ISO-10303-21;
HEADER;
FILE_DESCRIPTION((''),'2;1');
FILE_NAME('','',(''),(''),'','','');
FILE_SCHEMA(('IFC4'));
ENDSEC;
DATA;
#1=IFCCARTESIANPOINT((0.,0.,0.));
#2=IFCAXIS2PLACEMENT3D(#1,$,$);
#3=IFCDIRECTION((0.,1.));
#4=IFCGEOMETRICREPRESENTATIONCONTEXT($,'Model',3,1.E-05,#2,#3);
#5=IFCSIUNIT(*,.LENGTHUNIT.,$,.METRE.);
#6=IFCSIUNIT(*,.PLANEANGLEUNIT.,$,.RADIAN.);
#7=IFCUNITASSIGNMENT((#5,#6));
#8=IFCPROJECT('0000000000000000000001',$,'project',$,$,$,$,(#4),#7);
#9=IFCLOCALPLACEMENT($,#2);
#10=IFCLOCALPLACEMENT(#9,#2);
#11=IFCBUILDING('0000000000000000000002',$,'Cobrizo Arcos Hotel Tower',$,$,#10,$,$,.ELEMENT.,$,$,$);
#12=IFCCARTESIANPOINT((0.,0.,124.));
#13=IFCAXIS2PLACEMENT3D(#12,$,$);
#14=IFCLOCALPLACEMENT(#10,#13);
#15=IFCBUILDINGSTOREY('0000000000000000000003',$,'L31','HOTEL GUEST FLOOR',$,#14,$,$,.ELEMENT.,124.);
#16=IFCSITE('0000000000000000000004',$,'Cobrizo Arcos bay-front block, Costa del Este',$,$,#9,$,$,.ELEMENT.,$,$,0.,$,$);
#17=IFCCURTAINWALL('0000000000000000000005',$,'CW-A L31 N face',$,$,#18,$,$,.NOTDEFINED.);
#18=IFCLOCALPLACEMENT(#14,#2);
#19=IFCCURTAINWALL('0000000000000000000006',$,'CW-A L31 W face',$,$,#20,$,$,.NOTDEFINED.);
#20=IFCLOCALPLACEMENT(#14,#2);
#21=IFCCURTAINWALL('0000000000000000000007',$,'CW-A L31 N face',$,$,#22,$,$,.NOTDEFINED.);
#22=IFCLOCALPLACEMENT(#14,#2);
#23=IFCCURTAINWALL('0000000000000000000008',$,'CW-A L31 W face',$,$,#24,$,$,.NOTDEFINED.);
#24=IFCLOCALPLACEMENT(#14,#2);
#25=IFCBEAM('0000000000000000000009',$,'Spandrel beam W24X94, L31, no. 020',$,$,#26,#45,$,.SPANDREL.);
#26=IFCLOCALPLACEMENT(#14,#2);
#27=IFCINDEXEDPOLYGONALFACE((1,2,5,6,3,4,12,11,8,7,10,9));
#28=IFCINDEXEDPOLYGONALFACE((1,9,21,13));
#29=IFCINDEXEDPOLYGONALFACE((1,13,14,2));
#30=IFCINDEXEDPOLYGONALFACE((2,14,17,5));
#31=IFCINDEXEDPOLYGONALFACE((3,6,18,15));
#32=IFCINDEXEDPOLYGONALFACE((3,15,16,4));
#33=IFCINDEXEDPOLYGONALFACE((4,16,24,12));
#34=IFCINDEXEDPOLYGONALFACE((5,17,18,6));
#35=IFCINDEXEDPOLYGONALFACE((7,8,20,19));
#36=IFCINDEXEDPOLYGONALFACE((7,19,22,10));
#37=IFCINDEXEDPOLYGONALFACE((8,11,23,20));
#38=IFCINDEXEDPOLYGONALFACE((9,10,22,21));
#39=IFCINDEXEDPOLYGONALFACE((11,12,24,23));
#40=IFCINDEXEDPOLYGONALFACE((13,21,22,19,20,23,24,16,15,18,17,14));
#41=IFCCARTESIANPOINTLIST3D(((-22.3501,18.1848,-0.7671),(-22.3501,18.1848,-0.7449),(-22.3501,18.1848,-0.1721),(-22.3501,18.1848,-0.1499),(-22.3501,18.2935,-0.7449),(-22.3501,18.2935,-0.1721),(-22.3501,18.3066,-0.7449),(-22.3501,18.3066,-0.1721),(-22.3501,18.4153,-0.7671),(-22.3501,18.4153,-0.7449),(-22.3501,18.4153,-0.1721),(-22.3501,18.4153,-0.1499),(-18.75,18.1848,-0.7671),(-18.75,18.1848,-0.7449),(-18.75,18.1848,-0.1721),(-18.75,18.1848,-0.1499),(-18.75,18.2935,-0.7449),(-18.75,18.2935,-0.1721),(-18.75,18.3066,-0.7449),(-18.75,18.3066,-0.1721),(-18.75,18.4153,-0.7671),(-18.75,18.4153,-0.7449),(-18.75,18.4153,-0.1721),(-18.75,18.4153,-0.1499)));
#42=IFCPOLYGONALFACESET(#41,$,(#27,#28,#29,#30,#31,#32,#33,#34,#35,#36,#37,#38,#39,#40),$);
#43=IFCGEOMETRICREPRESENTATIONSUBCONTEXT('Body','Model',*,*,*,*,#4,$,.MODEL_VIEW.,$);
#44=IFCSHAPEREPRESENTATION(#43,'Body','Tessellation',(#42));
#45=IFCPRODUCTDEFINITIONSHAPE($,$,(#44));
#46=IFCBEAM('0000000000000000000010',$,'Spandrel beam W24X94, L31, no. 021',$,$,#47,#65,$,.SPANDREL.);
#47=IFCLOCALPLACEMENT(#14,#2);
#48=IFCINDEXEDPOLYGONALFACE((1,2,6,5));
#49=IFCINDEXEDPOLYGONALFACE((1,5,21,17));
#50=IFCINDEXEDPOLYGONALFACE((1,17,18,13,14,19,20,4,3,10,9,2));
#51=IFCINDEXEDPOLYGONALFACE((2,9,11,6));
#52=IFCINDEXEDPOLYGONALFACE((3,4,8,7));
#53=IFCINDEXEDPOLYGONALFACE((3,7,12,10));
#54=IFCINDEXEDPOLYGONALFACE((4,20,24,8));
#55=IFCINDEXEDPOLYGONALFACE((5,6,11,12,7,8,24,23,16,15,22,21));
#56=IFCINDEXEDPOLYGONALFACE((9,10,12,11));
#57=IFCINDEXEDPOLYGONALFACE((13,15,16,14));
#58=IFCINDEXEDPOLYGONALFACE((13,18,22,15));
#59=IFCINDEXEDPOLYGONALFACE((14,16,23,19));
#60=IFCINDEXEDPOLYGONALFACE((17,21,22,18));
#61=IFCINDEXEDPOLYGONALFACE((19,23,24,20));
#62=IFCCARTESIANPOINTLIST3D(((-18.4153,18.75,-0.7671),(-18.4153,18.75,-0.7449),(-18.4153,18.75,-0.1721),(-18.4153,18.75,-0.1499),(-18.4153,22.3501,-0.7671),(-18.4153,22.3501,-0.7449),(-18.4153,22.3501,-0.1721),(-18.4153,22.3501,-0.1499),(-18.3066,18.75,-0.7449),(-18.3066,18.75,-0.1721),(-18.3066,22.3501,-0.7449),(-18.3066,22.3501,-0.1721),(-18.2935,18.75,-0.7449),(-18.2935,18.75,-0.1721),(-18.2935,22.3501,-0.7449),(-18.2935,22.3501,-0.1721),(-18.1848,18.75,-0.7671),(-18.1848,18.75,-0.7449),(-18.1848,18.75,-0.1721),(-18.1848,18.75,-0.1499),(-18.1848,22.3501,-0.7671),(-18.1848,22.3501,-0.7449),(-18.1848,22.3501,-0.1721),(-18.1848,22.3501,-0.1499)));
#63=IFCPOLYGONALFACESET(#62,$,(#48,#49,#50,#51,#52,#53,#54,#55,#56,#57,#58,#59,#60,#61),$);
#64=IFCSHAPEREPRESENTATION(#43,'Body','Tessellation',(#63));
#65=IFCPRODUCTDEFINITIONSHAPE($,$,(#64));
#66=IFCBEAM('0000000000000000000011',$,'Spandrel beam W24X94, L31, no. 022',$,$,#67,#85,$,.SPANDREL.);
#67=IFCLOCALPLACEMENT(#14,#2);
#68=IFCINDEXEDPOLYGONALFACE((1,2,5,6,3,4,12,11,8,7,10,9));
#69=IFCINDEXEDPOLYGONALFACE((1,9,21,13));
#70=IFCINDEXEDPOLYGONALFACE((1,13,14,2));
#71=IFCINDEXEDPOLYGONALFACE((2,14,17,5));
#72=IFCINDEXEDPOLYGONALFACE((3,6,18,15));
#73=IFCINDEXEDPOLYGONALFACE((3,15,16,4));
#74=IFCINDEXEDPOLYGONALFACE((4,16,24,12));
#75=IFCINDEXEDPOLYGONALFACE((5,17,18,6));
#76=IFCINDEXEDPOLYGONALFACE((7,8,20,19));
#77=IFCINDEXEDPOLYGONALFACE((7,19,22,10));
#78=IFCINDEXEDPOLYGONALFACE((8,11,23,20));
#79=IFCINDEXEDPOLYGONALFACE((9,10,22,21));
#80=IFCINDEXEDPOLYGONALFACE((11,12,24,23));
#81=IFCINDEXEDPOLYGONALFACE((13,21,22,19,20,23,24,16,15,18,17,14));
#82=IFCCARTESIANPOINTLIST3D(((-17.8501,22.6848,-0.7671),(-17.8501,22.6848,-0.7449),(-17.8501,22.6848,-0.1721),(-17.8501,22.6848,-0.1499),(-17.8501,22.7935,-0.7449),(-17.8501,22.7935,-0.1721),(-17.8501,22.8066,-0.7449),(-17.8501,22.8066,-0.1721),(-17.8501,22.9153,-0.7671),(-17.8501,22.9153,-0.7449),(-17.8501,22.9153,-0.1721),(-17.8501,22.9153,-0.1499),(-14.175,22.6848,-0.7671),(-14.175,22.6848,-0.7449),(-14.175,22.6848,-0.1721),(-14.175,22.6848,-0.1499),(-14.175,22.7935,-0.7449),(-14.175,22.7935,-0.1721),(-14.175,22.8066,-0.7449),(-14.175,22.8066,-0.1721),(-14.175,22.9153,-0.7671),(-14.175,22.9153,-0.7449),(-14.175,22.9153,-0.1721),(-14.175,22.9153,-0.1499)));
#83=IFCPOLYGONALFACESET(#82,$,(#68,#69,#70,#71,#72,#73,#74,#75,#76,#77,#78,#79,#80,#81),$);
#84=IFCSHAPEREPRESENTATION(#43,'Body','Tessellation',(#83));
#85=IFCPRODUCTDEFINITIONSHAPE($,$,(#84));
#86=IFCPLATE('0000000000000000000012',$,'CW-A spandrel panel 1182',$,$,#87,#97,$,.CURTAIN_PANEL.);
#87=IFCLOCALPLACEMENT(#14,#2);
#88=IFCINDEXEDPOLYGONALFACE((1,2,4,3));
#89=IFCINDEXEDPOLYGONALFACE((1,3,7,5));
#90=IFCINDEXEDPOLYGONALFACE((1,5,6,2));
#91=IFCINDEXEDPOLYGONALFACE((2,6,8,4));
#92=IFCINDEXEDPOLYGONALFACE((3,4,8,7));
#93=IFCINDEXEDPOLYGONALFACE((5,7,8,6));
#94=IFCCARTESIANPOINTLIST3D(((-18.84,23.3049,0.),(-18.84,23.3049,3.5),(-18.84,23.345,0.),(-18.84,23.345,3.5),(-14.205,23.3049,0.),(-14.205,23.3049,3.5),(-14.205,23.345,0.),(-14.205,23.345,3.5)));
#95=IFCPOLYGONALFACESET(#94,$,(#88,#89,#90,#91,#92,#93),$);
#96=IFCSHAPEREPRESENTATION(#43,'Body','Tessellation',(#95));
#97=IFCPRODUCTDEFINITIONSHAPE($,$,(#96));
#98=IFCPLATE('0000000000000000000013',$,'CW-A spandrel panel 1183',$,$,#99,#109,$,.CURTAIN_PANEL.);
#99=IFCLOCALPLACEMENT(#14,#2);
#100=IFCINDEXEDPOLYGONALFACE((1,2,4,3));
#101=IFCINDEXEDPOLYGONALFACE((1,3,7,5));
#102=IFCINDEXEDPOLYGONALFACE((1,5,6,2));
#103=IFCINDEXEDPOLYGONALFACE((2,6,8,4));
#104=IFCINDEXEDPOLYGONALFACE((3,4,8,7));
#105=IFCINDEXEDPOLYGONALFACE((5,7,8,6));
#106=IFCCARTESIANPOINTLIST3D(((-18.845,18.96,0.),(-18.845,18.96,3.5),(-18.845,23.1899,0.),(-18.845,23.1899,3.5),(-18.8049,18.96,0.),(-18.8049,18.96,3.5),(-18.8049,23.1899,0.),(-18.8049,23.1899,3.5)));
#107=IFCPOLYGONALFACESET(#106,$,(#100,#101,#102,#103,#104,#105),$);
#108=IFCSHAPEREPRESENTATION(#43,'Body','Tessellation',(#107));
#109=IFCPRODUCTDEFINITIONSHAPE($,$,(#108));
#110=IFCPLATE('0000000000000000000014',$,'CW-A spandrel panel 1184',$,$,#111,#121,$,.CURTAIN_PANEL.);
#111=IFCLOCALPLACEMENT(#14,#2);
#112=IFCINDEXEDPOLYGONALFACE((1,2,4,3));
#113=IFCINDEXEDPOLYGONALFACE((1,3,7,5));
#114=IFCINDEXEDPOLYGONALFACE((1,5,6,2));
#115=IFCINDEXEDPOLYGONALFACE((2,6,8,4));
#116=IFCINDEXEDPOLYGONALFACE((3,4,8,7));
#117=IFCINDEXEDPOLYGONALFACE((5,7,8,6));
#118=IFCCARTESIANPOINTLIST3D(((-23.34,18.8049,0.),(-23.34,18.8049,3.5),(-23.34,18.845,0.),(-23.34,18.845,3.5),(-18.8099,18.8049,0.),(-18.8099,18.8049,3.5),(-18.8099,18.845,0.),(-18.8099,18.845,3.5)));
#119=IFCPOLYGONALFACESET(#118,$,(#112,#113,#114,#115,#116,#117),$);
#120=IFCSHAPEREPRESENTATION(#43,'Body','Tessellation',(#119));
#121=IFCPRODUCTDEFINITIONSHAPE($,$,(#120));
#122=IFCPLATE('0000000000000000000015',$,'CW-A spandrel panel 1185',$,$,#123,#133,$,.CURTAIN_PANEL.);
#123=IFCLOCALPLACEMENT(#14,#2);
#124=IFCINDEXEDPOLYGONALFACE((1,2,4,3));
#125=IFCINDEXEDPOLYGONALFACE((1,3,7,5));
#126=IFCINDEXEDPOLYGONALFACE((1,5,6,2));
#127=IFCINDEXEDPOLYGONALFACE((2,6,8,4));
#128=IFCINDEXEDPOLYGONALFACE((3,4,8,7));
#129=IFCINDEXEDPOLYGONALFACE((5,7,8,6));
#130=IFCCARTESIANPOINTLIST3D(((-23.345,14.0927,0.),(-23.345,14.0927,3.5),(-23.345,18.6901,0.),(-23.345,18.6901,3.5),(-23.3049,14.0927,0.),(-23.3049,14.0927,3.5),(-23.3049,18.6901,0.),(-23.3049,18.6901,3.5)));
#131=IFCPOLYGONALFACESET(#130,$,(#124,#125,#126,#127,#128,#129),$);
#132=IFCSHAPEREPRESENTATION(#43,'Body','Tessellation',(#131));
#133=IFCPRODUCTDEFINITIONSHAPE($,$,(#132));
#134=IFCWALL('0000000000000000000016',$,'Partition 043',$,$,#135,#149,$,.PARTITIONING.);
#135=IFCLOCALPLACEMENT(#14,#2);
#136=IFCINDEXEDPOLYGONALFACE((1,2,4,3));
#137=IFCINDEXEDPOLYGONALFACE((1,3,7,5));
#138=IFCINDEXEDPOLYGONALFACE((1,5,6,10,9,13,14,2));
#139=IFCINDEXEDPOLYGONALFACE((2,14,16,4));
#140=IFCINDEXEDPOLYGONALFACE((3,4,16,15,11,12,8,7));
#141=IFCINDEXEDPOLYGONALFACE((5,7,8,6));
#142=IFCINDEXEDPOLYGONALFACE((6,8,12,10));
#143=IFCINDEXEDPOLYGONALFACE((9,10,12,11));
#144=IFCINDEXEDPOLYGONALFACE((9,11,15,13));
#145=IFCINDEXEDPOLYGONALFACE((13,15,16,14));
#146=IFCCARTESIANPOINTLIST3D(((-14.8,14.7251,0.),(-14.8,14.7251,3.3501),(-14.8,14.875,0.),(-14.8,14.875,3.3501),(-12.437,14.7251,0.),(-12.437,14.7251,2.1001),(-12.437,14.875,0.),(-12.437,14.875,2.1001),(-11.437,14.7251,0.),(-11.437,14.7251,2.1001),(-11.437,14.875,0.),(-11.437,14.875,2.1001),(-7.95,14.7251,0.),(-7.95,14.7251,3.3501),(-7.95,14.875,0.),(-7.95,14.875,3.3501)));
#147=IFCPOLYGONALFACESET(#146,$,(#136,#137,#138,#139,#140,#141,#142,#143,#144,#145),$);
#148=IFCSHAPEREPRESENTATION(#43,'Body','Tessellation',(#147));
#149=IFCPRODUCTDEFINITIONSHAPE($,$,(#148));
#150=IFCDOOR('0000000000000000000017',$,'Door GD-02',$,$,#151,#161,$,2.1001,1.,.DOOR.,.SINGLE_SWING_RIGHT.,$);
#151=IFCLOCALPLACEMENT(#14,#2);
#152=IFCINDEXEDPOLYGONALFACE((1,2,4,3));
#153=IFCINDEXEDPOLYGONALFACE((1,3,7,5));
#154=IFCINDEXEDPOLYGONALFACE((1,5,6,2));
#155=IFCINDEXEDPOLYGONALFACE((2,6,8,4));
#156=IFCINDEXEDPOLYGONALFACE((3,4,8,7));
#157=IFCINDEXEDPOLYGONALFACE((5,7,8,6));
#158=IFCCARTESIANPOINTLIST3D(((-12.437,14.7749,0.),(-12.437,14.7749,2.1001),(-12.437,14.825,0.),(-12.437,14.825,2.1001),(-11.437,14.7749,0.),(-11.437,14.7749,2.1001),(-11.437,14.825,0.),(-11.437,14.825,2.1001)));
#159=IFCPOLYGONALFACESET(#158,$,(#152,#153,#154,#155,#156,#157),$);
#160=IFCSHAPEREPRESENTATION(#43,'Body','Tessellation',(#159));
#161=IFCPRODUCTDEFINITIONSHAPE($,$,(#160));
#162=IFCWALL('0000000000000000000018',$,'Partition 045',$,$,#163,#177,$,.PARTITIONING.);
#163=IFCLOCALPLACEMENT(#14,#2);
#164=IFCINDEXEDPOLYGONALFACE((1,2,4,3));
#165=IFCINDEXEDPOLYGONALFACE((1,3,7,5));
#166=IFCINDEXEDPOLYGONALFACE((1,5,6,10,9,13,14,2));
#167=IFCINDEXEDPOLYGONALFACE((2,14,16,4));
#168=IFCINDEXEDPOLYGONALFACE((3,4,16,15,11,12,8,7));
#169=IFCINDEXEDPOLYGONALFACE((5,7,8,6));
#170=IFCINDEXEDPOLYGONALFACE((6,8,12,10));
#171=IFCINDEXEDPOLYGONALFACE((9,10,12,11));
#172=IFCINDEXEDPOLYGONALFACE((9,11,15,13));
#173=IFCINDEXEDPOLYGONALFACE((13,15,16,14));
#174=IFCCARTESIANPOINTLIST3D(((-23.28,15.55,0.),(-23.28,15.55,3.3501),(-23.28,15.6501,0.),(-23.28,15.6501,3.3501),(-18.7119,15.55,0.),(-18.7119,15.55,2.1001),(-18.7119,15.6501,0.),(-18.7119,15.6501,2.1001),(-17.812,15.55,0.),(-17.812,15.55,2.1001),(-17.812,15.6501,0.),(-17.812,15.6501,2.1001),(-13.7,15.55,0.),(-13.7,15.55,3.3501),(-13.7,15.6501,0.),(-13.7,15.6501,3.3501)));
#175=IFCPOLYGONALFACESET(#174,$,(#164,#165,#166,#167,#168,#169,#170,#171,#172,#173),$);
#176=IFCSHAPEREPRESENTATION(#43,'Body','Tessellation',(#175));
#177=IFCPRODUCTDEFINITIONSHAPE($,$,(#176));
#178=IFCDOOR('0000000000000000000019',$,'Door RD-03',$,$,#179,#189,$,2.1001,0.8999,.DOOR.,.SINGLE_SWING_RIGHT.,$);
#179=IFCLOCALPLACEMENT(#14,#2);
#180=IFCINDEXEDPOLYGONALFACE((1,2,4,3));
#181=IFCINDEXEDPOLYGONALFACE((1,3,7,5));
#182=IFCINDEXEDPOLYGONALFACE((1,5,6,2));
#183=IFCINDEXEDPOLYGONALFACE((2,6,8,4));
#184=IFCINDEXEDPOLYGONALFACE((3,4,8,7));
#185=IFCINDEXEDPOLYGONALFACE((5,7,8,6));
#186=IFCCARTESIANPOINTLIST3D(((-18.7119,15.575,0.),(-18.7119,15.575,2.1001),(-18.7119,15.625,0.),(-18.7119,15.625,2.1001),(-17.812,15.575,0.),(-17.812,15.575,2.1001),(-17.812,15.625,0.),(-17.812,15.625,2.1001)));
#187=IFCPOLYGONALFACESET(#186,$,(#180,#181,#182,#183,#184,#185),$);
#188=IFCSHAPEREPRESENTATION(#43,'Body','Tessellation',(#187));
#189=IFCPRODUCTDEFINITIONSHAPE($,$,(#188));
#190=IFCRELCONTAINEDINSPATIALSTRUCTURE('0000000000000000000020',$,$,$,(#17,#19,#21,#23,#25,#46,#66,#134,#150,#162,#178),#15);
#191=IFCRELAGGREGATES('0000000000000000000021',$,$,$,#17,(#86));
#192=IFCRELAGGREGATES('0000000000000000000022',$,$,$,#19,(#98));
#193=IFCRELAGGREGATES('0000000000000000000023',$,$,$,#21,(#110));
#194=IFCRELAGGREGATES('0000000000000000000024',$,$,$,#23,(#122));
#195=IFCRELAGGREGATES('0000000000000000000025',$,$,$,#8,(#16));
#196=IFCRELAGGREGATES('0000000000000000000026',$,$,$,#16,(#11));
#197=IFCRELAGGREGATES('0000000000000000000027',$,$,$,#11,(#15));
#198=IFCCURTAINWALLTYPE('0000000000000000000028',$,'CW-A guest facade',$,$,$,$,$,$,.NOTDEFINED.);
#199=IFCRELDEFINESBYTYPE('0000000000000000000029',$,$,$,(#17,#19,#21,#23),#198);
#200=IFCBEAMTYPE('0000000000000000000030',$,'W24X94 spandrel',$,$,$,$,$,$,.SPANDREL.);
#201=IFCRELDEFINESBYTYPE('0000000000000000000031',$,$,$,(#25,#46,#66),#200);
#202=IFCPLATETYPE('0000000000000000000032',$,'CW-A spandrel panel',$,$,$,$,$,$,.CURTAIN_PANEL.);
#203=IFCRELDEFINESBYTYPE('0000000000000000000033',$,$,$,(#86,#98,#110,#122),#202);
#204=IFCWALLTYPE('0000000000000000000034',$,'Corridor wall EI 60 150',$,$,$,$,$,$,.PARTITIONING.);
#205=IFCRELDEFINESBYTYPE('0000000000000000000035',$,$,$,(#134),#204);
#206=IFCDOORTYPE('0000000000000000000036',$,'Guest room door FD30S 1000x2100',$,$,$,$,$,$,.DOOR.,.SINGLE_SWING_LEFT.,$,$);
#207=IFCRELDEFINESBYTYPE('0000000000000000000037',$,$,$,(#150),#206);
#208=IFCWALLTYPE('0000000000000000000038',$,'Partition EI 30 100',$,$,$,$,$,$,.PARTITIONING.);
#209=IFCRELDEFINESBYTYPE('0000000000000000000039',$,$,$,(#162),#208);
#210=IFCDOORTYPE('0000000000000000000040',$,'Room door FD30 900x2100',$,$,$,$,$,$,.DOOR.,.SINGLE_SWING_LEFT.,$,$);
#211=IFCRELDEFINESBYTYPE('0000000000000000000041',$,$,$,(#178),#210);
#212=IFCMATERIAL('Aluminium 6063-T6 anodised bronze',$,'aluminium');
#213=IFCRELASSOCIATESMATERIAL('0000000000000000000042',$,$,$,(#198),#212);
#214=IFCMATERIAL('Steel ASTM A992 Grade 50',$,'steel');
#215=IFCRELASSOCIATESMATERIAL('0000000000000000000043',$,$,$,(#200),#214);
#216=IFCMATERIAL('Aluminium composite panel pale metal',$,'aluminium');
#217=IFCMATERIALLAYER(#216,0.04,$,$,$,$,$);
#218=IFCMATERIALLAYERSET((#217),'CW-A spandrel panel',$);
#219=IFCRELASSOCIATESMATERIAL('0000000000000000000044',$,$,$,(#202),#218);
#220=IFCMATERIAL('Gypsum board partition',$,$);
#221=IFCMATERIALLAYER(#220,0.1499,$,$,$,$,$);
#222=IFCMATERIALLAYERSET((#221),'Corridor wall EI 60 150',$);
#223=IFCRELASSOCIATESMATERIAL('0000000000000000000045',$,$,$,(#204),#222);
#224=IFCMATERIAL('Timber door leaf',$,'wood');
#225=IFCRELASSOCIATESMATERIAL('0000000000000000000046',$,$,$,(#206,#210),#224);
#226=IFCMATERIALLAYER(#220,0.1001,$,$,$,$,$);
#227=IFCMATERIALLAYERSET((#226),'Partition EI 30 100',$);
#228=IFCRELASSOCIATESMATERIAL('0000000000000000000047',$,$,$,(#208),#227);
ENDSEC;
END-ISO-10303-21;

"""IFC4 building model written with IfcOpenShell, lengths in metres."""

from ifc_helpers import new_model, si_unit, direction, frame, frame_2d, origin, origin_2d, place, context, subcontext, project, spatial, rectangle, i_section, extrude, material, layer, layer_set, material_profile, profile_set, type_object, element, fill, aggregate, save


model = new_model("IFC4")

# Units and contexts
model_context = context("Model", 3, precision=1e-05, world=origin(), true_north=direction((0.0, 1.0)))
body_context = subcontext(model_context, "Body", "Model", "MODEL_VIEW")
ifc_project = project(units=[si_unit("LENGTHUNIT", "METRE"), si_unit("PLANEANGLEUNIT", "RADIAN")], contexts=[model_context])

# Site, building, storey
site_placement = place(None, origin())
site = spatial("IfcSite", under=ifc_project, at=site_placement, Name="Cobrizo Arcos bay-front block, Costa del Este", CompositionType="ELEMENT", RefElevation=0.0)
building_placement = place(site_placement, origin())
building = spatial("IfcBuilding", under=site, at=building_placement, Name="Cobrizo Arcos Hotel Tower", CompositionType="ELEMENT")
storey_placement = place(building_placement, frame((0.0, 0.0, 124.0)))
storey = spatial("IfcBuildingStorey", under=building, at=storey_placement, Name="L31", Description="HOTEL GUEST FLOOR", CompositionType="ELEMENT", Elevation=124.0)

# Curtain walls
ifc_material_1 = material(Name="Aluminium 6063-T6 anodised bronze", Category="aluminium")
curtain_wall_type = type_object("IfcCurtainWallType", Name="CW-A guest facade", PredefinedType="NOTDEFINED", material=ifc_material_1)
curtain_wall_1_placement = place(storey_placement, origin())
curtain_wall_1 = element("IfcCurtainWall", 1, at=curtain_wall_1_placement, inside=storey, type_object=curtain_wall_type, Name="CW-A L31 N face", PredefinedType="NOTDEFINED")
curtain_wall_2_placement = place(storey_placement, origin())
curtain_wall_2 = element("IfcCurtainWall", 2, at=curtain_wall_2_placement, inside=storey, type_object=curtain_wall_type, Name="CW-A L31 W face", PredefinedType="NOTDEFINED")
curtain_wall_3_placement = place(storey_placement, origin())
curtain_wall_3 = element("IfcCurtainWall", 3, at=curtain_wall_3_placement, inside=storey, type_object=curtain_wall_type, Name="CW-A L31 N face", PredefinedType="NOTDEFINED")
curtain_wall_4_placement = place(storey_placement, origin())
curtain_wall_4 = element("IfcCurtainWall", 4, at=curtain_wall_4_placement, inside=storey, type_object=curtain_wall_type, Name="CW-A L31 W face", PredefinedType="NOTDEFINED")

# Beams
ifc_material_2 = material(Name="Steel ASTM A992 Grade 50", Category="steel")
ifc_material_profile_1 = material_profile(ifc_material_2, i_section(OverallWidth=0.2305, OverallDepth=0.6172, WebThickness=0.0132, FlangeThickness=0.0222, at=origin_2d()), Name="W24X94")
ifc_profile_set_1 = profile_set([ifc_material_profile_1], Name="Steel ASTM A992 Grade 50")
beam_type = type_object("IfcBeamType", Name="W24X94 spandrel", PredefinedType="SPANDREL", material=ifc_profile_set_1)
for number, where, z_axis, x_axis, name in (
    (5, (-22.3501, 18.3, -0.4585), (1.0, 0.0, 0.0), (0.0, 1.0, 0.0), "Spandrel beam W24X94, L31, no. 020"),
    (6, (-18.3, 18.75, -0.4585), (0.0, 1.0, 0.0), (-1.0, 0.0, 0.0), "Spandrel beam W24X94, L31, no. 021"),
):
    element("IfcBeam", number, at=place(storey_placement, frame(where, z_axis=z_axis, x_axis=x_axis)), inside=storey, type_object=beam_type, Name=name, PredefinedType="SPANDREL", context=body_context, shape_type="SweptSolid", body=[
        extrude(i_section(OverallWidth=0.2305, OverallDepth=0.6172, WebThickness=0.0132, FlangeThickness=0.0222, at=origin_2d()), origin(), (0.0, 0.0, 1.0), 3.6001),
    ])
beam_1_placement = place(storey_placement, frame((-17.8501, 22.8, -0.4585), z_axis=(1.0, 0.0, 0.0), x_axis=(0.0, 1.0, 0.0)))
element("IfcBeam", 7, at=beam_1_placement, inside=storey, type_object=beam_type, Name="Spandrel beam W24X94, L31, no. 022", PredefinedType="SPANDREL", context=body_context, shape_type="SweptSolid", body=[
    extrude(i_section(OverallWidth=0.2305, OverallDepth=0.6172, WebThickness=0.0132, FlangeThickness=0.0222, at=origin_2d()), origin(), (0.0, 0.0, 1.0), 3.675),
])

# Plates
ifc_material_3 = material(Name="Aluminium composite panel pale metal", Category="aluminium")
ifc_layer_1 = layer(ifc_material_3, 0.04)
ifc_layer_set_1 = layer_set([ifc_layer_1], Name="CW-A spandrel panel")
plate_type = type_object("IfcPlateType", Name="CW-A spandrel panel", PredefinedType="CURTAIN_PANEL", material=ifc_layer_set_1)
plate_1_placement = place(storey_placement, frame((-16.5225, 23.325, 0.0), z_axis=(0.0, 0.0, 1.0), x_axis=(-1.0, 0.0, 0.0)))
plate_1 = element("IfcPlate", 8, at=plate_1_placement, type_object=plate_type, Name="CW-A spandrel panel 1182", PredefinedType="CURTAIN_PANEL", context=body_context, shape_type="SweptSolid", body=[
    extrude(rectangle(XDim=4.635, YDim=0.04, at=origin_2d()), origin(), (0.0, 0.0, 1.0), 3.5),
])
aggregate(curtain_wall_1, [plate_1])
plate_2_placement = place(storey_placement, frame((-18.825, 21.075, 0.0), z_axis=(0.0, 0.0, 1.0), x_axis=(0.0, -1.0, 0.0)))
plate_2 = element("IfcPlate", 9, at=plate_2_placement, type_object=plate_type, Name="CW-A spandrel panel 1183", PredefinedType="CURTAIN_PANEL", context=body_context, shape_type="SweptSolid", body=[
    extrude(rectangle(XDim=4.23, YDim=0.04, at=origin_2d()), origin(), (0.0, 0.0, 1.0), 3.5),
])
aggregate(curtain_wall_2, [plate_2])
plate_3_placement = place(storey_placement, frame((-21.075, 18.825, 0.0), z_axis=(0.0, 0.0, 1.0), x_axis=(-1.0, 0.0, 0.0)))
plate_3 = element("IfcPlate", 10, at=plate_3_placement, type_object=plate_type, Name="CW-A spandrel panel 1184", PredefinedType="CURTAIN_PANEL", context=body_context, shape_type="SweptSolid", body=[
    extrude(rectangle(XDim=4.53, YDim=0.04, at=origin_2d()), origin(), (0.0, 0.0, 1.0), 3.5),
])
aggregate(curtain_wall_3, [plate_3])
plate_4_placement = place(storey_placement, frame((-23.325, 16.3914, 0.0), z_axis=(0.0, 0.0, 1.0), x_axis=(0.0, -1.0, 0.0)))
plate_4 = element("IfcPlate", 11, at=plate_4_placement, type_object=plate_type, Name="CW-A spandrel panel 1185", PredefinedType="CURTAIN_PANEL", context=body_context, shape_type="SweptSolid", body=[
    extrude(rectangle(XDim=4.5974, YDim=0.04, at=origin_2d()), origin(), (0.0, 0.0, 1.0), 3.5),
])
aggregate(curtain_wall_4, [plate_4])

# Walls, openings, doors
ifc_material_4 = material(Name="Gypsum board partition")
ifc_layer_2 = layer(ifc_material_4, 0.1499)
ifc_layer_set_2 = layer_set([ifc_layer_2], Name="Corridor wall EI 60 150")
wall_type_1 = type_object("IfcWallType", Name="Corridor wall EI 60 150", PredefinedType="PARTITIONING", material=ifc_layer_set_2)
wall_1_placement = place(storey_placement, frame((-14.8, 14.8, 0.0), z_axis=(0.0, 0.0, 1.0), x_axis=(1.0, 0.0, 0.0)))
wall_1 = element("IfcWall", 12, at=wall_1_placement, inside=storey, type_object=wall_type_1, Name="Partition 043", PredefinedType="PARTITIONING", context=body_context, shape_type="SweptSolid", body=[
    extrude(rectangle(XDim=6.8501, YDim=0.1499, at=frame_2d((3.425, 0.0))), origin(), (0.0, 0.0, 1.0), 3.3501),
])
opening_1_placement = place(wall_1_placement, frame((2.363, 0.0, 0.0)))
opening_1 = element("IfcOpeningElement", 13, at=opening_1_placement, cuts=wall_1, PredefinedType="OPENING", context=body_context, shape_type="SweptSolid", body=[
    extrude(rectangle(XDim=1.0, YDim=2.1001, at=frame_2d((0.5, 1.05))), frame((0.0, 0.0869, 0.0), z_axis=(0.0, -1.0, 0.0), x_axis=(1.0, 0.0, 0.0)), (0.0, 0.0, 1.0), 0.1738),
])
ifc_material_5 = material(Name="Timber door leaf", Category="wood")
door_type_1 = type_object("IfcDoorType", Name="Guest room door FD30S 1000x2100", OperationType="SINGLE_SWING_LEFT", PredefinedType="DOOR", material=ifc_material_5)
door_1_placement = place(opening_1_placement, origin())
door_1 = element("IfcDoor", 14, at=door_1_placement, inside=storey, type_object=door_type_1, Name="Door GD-02", OperationType="SINGLE_SWING_RIGHT", OverallHeight=2.1001, OverallWidth=1.0, PredefinedType="DOOR", context=body_context, shape_type="SweptSolid", body=[
    extrude(rectangle(XDim=1.0, YDim=2.1001, at=frame_2d((0.5, 1.05))), frame((0.0, 0.0249, 0.0), z_axis=(0.0, -1.0, 0.0), x_axis=(1.0, 0.0, 0.0)), (0.0, 0.0, 1.0), 0.05),
])
fill(opening_1, door_1)
ifc_layer_3 = layer(ifc_material_4, 0.1001)
ifc_layer_set_3 = layer_set([ifc_layer_3], Name="Partition EI 30 100")
wall_type_2 = type_object("IfcWallType", Name="Partition EI 30 100", PredefinedType="PARTITIONING", material=ifc_layer_set_3)
wall_2_placement = place(storey_placement, frame((-23.28, 15.6001, 0.0), z_axis=(0.0, 0.0, 1.0), x_axis=(1.0, 0.0, 0.0)))
wall_2 = element("IfcWall", 15, at=wall_2_placement, inside=storey, type_object=wall_type_2, Name="Partition 045", PredefinedType="PARTITIONING", context=body_context, shape_type="SweptSolid", body=[
    extrude(rectangle(XDim=9.5801, YDim=0.1001, at=frame_2d((4.79, 0.0))), origin(), (0.0, 0.0, 1.0), 3.3501),
])
opening_2_placement = place(wall_2_placement, frame((4.5681, 0.0, 0.0)))
opening_2 = element("IfcOpeningElement", 16, at=opening_2_placement, cuts=wall_2, PredefinedType="OPENING", context=body_context, shape_type="SweptSolid", body=[
    extrude(rectangle(XDim=0.8999, YDim=2.1001, at=frame_2d((0.45, 1.05))), frame((0.0, 0.062, 0.0), z_axis=(0.0, -1.0, 0.0), x_axis=(1.0, 0.0, 0.0)), (0.0, 0.0, 1.0), 0.124),
])
door_type_2 = type_object("IfcDoorType", Name="Room door FD30 900x2100", OperationType="SINGLE_SWING_LEFT", PredefinedType="DOOR", material=ifc_material_5)
door_2_placement = place(opening_2_placement, origin())
door_2 = element("IfcDoor", 17, at=door_2_placement, inside=storey, type_object=door_type_2, Name="Door RD-03", OperationType="SINGLE_SWING_RIGHT", OverallHeight=2.1001, OverallWidth=0.8999, PredefinedType="DOOR", context=body_context, shape_type="SweptSolid", body=[
    extrude(rectangle(XDim=0.8999, YDim=2.1001, at=frame_2d((0.45, 1.05))), frame((0.0, 0.0249, 0.0), z_axis=(0.0, -1.0, 0.0), x_axis=(1.0, 0.0, 0.0)), (0.0, 0.0, 1.0), 0.05),
])
fill(opening_2, door_2)

save(model, "model.ifc")
